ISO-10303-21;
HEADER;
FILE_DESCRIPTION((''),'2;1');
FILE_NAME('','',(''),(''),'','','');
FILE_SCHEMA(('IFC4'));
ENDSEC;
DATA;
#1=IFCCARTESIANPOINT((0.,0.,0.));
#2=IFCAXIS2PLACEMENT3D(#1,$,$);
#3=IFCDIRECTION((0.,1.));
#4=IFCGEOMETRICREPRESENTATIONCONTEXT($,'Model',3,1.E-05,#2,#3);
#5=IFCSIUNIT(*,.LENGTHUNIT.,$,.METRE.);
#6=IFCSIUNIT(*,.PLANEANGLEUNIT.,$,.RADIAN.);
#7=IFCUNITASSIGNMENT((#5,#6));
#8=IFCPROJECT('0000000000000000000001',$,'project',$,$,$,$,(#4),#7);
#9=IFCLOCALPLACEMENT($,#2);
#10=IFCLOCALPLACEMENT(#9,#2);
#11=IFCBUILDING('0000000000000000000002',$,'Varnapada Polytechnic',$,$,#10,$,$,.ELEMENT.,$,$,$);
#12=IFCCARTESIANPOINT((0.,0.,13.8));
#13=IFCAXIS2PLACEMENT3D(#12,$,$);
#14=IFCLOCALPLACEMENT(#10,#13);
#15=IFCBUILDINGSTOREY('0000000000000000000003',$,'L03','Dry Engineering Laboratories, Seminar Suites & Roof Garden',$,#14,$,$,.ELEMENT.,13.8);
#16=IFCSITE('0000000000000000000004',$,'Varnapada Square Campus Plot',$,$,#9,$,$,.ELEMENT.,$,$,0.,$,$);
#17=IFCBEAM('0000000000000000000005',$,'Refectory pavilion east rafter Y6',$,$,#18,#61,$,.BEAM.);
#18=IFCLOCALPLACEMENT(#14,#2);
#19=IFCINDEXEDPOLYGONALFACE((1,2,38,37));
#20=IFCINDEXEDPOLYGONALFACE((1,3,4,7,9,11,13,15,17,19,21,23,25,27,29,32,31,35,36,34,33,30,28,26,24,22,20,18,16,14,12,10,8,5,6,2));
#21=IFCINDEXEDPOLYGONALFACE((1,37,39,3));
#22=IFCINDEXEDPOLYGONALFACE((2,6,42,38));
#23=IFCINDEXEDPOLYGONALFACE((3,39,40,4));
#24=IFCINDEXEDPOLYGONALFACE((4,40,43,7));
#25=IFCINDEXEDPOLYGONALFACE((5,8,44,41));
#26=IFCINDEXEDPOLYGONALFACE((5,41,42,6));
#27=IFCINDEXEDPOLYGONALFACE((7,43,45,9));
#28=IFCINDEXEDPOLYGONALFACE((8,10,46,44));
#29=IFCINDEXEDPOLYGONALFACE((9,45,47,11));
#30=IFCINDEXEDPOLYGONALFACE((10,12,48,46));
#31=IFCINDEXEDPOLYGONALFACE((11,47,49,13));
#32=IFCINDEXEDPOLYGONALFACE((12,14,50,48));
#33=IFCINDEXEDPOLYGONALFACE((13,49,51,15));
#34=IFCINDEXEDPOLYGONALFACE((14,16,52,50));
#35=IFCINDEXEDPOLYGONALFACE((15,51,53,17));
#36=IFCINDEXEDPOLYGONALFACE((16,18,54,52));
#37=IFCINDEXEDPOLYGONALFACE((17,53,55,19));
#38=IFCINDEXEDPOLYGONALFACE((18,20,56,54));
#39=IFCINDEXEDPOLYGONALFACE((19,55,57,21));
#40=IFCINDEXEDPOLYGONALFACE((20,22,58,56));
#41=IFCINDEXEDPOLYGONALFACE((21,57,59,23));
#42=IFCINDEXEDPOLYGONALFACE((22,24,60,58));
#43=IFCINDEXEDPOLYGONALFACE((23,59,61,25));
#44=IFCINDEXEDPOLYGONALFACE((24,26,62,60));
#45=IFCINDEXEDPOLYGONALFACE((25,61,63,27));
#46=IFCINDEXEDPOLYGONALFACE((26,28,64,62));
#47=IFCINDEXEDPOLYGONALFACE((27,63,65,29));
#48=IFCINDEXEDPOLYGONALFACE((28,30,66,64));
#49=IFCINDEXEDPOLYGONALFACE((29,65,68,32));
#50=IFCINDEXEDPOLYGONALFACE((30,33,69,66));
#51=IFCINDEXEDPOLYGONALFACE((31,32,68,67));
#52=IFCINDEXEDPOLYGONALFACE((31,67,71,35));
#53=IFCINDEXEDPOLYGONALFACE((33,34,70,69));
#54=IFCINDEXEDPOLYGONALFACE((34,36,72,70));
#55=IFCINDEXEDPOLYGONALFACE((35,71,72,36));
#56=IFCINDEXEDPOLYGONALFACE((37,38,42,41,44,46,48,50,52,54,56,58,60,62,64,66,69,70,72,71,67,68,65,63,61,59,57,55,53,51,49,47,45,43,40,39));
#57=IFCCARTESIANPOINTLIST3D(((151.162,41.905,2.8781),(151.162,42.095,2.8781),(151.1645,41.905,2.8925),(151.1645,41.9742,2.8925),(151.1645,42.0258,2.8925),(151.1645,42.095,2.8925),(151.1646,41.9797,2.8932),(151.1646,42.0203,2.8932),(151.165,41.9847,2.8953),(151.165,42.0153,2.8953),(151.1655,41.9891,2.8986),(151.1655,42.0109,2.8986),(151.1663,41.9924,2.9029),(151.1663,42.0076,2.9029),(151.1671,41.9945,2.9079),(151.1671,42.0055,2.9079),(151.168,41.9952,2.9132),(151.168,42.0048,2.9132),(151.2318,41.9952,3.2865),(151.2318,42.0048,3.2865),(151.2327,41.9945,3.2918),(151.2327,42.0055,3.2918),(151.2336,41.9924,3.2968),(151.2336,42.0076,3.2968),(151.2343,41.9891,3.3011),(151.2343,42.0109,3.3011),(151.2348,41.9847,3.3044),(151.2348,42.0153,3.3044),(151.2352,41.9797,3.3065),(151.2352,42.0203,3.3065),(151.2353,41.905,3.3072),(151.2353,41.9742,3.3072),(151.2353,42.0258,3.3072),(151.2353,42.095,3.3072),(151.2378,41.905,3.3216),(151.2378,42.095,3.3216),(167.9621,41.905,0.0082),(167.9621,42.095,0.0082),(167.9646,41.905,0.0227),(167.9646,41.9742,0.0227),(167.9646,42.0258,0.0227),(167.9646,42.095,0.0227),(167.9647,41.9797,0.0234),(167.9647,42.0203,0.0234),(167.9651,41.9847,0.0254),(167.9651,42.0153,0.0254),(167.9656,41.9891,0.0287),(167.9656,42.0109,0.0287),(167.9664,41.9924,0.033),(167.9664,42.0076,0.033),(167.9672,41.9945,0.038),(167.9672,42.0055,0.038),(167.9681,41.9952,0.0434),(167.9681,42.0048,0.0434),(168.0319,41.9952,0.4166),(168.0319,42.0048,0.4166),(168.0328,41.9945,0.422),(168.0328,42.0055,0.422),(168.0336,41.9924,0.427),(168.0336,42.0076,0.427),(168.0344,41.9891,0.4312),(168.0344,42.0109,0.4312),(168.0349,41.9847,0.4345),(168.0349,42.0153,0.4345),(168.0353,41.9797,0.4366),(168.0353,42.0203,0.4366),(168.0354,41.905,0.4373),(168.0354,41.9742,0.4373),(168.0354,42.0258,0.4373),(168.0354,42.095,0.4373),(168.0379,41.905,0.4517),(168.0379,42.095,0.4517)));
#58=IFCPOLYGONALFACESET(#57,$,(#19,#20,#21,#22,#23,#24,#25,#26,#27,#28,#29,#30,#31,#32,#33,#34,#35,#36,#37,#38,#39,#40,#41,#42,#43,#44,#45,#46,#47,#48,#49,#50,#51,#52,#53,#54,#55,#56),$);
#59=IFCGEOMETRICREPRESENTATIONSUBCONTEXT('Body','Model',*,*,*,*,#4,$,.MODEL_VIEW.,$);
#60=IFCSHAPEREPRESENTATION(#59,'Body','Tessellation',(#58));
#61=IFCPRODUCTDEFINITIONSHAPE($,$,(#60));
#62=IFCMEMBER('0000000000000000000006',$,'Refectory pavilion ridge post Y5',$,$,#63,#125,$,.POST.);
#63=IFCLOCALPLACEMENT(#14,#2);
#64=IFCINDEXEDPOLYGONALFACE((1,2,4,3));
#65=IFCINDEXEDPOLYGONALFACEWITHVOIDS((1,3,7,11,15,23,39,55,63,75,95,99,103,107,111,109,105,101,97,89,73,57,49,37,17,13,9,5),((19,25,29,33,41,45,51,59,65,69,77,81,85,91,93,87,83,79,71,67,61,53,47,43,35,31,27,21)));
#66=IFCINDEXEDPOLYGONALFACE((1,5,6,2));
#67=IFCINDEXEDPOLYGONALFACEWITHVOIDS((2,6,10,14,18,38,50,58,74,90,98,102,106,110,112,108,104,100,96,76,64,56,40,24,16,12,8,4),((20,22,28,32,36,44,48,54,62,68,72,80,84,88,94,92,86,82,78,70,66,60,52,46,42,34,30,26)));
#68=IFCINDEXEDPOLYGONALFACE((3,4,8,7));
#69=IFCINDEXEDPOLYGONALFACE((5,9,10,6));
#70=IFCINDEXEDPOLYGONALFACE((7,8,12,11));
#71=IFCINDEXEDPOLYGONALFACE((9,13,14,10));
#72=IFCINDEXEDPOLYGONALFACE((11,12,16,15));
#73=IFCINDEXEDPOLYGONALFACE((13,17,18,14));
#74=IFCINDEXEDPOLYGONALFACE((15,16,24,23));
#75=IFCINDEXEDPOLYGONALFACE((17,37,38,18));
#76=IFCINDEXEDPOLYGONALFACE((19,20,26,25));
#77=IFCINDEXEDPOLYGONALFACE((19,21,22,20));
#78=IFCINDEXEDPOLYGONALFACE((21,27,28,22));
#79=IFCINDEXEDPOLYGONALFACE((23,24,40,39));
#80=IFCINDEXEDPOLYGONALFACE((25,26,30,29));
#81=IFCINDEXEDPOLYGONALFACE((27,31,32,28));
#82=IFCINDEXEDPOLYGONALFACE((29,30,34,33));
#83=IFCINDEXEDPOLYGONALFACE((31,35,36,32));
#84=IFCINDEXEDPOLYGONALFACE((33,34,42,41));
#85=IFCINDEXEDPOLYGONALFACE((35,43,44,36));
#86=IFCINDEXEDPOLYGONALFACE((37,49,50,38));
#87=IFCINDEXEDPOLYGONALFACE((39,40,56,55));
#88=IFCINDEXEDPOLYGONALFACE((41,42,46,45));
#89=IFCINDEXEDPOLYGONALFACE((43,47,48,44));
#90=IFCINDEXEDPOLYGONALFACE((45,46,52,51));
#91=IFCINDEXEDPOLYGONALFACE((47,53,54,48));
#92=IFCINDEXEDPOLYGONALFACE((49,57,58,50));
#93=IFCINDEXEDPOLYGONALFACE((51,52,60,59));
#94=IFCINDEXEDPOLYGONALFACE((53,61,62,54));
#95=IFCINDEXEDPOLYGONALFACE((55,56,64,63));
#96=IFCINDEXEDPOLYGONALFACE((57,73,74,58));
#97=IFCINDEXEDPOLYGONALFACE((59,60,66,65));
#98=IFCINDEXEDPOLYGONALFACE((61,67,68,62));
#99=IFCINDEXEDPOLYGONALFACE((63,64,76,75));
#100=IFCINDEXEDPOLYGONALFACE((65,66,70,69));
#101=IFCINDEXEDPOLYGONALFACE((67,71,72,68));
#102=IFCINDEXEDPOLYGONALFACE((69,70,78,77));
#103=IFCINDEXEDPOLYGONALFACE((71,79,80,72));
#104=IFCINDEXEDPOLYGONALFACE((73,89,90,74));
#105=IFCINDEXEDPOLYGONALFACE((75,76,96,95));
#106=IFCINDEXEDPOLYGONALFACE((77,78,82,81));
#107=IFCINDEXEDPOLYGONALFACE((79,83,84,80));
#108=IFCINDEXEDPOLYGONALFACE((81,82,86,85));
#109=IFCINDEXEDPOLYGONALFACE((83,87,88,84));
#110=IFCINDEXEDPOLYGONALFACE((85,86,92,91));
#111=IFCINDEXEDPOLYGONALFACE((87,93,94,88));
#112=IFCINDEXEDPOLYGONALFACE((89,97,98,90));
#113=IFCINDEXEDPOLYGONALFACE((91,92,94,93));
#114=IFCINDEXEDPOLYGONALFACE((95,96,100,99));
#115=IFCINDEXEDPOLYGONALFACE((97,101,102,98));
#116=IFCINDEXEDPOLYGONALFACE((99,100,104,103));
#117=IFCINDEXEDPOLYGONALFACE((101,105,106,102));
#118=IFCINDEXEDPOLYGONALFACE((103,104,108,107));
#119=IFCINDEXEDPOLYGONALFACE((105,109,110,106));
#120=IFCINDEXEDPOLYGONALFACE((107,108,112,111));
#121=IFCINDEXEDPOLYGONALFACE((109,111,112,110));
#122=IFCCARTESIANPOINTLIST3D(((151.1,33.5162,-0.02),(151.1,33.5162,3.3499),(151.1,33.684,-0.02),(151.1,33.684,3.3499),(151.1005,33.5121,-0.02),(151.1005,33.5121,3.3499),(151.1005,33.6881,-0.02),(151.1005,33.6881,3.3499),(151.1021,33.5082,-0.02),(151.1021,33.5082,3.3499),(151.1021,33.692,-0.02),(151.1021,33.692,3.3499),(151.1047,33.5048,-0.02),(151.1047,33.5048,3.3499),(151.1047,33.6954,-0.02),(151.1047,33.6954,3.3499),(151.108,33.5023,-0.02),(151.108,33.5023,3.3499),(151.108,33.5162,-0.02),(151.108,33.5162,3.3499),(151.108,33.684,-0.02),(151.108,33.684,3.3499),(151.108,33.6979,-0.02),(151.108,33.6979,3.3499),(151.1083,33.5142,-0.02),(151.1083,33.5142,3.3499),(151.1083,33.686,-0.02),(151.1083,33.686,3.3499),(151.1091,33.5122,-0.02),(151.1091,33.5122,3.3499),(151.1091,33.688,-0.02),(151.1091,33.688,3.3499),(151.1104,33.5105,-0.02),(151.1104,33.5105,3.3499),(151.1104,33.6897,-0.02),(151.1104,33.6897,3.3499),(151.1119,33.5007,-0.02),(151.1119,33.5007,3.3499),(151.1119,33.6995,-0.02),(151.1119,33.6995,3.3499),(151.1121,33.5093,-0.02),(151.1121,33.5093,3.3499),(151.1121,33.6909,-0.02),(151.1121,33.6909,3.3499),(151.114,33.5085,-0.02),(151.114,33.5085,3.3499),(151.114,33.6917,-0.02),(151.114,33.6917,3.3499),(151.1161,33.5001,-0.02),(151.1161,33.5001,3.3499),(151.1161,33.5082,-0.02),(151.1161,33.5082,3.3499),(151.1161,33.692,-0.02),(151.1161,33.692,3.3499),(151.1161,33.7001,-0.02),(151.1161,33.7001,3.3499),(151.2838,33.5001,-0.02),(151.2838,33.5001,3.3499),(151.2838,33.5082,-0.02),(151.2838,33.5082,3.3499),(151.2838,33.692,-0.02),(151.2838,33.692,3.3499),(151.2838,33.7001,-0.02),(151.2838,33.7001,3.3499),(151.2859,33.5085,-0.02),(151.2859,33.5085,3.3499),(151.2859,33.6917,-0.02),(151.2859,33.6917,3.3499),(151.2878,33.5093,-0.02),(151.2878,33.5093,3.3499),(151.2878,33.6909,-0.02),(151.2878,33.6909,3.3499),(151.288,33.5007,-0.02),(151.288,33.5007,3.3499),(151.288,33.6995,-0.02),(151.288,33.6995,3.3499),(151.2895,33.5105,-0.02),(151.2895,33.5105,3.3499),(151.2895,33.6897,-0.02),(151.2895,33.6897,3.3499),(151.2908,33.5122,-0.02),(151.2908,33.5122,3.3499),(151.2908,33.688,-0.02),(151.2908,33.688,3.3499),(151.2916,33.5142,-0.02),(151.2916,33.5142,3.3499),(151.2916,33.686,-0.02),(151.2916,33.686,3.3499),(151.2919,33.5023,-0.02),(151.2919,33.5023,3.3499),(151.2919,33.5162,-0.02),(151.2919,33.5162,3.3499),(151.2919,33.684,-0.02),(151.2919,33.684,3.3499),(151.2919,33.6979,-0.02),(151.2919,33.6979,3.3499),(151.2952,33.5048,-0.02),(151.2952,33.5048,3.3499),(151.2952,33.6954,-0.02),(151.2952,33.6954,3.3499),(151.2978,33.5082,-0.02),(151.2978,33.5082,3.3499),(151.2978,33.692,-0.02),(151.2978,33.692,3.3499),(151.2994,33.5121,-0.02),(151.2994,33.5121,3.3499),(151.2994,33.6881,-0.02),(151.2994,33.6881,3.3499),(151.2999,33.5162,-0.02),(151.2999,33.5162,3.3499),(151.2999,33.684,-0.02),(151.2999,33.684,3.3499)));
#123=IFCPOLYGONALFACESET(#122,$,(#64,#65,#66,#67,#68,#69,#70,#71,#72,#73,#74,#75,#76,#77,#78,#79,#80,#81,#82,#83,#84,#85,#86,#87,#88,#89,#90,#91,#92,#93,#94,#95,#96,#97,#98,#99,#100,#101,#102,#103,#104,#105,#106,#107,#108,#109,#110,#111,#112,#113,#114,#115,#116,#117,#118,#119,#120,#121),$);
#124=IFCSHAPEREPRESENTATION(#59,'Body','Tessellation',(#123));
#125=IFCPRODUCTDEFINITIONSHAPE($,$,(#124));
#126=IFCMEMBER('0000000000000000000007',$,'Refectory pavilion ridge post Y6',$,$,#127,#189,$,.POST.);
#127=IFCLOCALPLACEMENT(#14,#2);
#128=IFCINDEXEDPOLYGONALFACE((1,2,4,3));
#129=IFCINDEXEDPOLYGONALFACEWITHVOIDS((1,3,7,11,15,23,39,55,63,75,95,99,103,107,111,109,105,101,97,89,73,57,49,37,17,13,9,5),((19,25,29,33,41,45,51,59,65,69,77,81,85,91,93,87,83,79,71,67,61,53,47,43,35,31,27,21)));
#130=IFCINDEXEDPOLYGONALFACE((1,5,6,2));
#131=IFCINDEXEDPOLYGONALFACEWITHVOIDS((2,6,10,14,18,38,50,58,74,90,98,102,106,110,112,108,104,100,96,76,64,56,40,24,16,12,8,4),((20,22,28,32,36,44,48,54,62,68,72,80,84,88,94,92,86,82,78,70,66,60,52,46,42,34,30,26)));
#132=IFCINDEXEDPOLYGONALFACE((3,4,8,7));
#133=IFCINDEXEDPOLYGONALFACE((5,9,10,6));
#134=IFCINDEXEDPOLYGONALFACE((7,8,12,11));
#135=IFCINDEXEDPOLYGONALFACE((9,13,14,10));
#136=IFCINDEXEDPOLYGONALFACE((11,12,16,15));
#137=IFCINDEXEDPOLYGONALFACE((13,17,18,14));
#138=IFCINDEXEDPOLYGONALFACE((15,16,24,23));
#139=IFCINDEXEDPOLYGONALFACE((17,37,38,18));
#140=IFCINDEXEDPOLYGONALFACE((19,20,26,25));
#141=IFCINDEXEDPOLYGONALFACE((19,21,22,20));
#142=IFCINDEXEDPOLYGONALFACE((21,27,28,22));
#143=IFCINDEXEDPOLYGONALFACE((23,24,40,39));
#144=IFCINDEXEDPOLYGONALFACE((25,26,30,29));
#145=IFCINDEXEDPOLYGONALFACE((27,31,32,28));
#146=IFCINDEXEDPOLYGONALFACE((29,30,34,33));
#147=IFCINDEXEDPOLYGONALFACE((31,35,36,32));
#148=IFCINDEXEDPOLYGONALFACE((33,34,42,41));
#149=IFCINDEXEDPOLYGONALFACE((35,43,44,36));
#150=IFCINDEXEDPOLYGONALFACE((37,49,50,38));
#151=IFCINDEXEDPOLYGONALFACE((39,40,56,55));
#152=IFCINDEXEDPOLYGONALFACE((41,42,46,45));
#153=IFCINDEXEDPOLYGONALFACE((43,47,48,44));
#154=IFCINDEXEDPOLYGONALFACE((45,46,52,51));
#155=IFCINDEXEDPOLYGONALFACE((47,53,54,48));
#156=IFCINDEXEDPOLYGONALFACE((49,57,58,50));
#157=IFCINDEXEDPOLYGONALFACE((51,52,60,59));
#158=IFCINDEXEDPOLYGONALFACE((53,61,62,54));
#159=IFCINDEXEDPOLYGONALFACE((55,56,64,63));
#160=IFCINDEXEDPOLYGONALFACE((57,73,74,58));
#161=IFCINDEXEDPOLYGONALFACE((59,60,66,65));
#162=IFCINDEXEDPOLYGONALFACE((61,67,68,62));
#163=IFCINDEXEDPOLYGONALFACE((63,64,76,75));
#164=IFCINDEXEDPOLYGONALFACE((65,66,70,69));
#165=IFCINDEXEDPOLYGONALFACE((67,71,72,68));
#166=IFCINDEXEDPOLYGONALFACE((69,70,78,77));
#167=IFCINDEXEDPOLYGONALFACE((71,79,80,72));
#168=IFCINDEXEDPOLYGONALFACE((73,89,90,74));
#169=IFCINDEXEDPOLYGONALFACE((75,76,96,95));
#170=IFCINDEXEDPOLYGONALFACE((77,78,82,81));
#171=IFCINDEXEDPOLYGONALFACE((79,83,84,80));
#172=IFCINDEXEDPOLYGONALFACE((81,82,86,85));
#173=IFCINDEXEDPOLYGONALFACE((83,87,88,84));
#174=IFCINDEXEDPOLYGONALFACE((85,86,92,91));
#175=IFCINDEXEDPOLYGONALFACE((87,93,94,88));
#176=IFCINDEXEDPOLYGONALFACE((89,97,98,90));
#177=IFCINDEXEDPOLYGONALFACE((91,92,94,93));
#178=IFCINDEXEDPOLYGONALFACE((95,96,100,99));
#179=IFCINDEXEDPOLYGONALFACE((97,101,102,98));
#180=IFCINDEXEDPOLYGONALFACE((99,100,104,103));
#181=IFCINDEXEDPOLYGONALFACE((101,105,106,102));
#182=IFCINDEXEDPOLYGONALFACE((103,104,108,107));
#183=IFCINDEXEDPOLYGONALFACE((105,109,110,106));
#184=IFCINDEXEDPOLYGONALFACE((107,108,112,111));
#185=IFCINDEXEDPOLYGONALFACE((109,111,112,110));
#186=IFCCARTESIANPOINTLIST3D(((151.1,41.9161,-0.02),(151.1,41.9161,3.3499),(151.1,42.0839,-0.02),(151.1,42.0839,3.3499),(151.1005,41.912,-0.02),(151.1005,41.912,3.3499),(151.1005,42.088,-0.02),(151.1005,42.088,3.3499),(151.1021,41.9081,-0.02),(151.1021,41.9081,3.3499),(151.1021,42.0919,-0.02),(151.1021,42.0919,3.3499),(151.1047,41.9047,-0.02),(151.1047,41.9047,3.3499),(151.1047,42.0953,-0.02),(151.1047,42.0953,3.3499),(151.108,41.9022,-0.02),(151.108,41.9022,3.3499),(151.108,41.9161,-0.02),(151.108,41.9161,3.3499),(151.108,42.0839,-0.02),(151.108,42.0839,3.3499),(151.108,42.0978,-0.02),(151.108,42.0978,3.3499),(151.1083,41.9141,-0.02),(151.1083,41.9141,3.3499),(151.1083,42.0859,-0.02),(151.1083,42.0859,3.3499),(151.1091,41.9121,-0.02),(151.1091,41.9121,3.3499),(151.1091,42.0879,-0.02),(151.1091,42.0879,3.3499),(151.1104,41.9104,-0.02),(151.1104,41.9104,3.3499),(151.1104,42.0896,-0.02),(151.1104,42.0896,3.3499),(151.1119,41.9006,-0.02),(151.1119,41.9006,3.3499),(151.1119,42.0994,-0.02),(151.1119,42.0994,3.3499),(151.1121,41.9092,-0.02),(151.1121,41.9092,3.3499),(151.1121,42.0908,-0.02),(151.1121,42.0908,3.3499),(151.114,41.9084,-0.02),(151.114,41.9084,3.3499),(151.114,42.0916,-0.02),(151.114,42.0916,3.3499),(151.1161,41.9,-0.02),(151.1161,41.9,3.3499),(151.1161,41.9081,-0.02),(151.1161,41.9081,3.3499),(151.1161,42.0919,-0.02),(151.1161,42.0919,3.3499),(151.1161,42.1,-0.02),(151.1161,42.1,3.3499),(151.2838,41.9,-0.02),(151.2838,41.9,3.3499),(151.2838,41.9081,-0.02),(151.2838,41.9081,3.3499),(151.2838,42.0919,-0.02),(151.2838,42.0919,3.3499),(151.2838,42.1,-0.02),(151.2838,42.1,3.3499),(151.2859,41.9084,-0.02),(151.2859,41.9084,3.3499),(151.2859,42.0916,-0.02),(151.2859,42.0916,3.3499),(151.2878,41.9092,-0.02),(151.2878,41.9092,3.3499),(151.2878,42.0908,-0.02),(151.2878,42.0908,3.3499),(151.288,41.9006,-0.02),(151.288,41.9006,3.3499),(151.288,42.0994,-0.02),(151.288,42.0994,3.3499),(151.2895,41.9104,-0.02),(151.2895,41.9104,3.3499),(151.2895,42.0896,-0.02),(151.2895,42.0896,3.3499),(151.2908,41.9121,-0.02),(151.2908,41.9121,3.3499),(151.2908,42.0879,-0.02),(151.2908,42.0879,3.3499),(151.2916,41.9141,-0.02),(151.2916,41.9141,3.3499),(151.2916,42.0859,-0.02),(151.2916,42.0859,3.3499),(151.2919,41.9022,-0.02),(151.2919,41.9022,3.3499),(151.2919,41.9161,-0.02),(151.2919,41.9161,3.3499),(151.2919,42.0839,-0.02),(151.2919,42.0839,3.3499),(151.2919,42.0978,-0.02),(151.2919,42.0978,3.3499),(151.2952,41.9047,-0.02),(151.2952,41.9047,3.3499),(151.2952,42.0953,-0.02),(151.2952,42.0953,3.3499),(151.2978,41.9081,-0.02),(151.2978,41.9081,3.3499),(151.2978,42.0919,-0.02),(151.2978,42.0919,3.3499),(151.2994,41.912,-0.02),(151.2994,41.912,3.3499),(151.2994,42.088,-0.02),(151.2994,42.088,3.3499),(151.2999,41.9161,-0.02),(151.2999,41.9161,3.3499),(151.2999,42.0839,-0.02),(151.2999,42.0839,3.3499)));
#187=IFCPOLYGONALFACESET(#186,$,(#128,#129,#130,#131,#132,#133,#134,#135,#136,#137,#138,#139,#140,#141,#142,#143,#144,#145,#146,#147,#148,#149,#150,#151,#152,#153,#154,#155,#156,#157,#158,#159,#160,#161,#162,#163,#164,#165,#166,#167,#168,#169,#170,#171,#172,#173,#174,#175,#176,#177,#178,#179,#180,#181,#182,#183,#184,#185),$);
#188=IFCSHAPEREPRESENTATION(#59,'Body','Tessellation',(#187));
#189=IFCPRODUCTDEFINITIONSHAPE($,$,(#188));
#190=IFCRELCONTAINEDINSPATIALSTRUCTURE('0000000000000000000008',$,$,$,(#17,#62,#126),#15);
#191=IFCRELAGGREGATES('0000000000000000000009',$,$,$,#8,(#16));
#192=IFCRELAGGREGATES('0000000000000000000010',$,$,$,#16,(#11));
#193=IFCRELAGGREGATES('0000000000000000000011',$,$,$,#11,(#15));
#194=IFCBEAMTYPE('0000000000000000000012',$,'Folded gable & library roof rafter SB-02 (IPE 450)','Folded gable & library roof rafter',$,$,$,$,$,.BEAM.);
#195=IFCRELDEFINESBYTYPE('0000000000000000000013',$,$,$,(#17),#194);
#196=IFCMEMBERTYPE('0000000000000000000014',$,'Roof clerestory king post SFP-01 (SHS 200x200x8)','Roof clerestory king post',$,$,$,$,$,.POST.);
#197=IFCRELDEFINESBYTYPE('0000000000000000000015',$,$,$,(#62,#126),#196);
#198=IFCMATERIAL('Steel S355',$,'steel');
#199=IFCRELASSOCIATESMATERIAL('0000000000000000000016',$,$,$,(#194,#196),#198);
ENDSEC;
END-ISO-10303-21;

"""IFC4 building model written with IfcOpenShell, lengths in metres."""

from ifc_helpers import new_model, si_unit, direction, frame, origin, origin_2d, place, context, subcontext, project, spatial, hollow_rectangle, i_section, extrude, material, material_profile, profile_set, type_object, element, save


model = new_model("IFC4")

# Units and contexts
model_context = context("Model", 3, precision=1e-05, world=origin(), true_north=direction((0.0, 1.0)))
body_context = subcontext(model_context, "Body", "Model", "MODEL_VIEW")
ifc_project = project(units=[si_unit("LENGTHUNIT", "METRE"), si_unit("PLANEANGLEUNIT", "RADIAN")], contexts=[model_context])

# Site, building, storey
site_placement = place(None, origin())
site = spatial("IfcSite", under=ifc_project, at=site_placement, Name="Varnapada Square Campus Plot", CompositionType="ELEMENT", RefElevation=0.0)
building_placement = place(site_placement, origin())
building = spatial("IfcBuilding", under=site, at=building_placement, Name="Varnapada Polytechnic", CompositionType="ELEMENT")
storey_placement = place(building_placement, frame((0.0, 0.0, 13.8)))
storey = spatial("IfcBuildingStorey", under=building, at=storey_placement, Name="L03", Description="Dry Engineering Laboratories, Seminar Suites & Roof Garden", CompositionType="ELEMENT", Elevation=13.8)

# Beam
ifc_material = material(Name="Steel S355", Category="steel")
ifc_material_profile_1 = material_profile(ifc_material, i_section(OverallWidth=0.1899, OverallDepth=0.45, WebThickness=0.0095, FlangeThickness=0.0146, FilletRadius=0.021, at=origin_2d()), Name="IPE 450")
ifc_profile_set_1 = profile_set([ifc_material_profile_1], Name="Steel S355")
beam_type = type_object("IfcBeamType", Name="Folded gable & library roof rafter SB-02 (IPE 450)", Description="Folded gable & library roof rafter", PredefinedType="BEAM", material=ifc_profile_set_1)
for number, where, z_axis, x_axis, name in (
    (1, (168.0, 42.0, 0.23), (-0.985721, 0.0, 0.168386), (0.0, -1.0, 0.0), "Refectory pavilion east rafter Y6"),
):
    element("IfcBeam", number, at=place(storey_placement, frame(where, z_axis=z_axis, x_axis=x_axis)), inside=storey, type_object=beam_type, Name=name, PredefinedType="BEAM", context=body_context, shape_type="SweptSolid", body=[
        extrude(i_section(OverallWidth=0.1899, OverallDepth=0.45, WebThickness=0.0095, FlangeThickness=0.0146, FilletRadius=0.021, at=origin_2d()), origin(), (0.0, 0.0, 1.0), 17.0435),
    ])

# Members
ifc_material_profile_2 = material_profile(ifc_material, hollow_rectangle(XDim=0.2, YDim=0.2, WallThickness=0.0081, InnerFilletRadius=0.0081, OuterFilletRadius=0.0161, at=origin_2d()), Name="SHS 200x200x8")
ifc_profile_set_2 = profile_set([ifc_material_profile_2], Name="Steel S355")
member_type = type_object("IfcMemberType", Name="Roof clerestory king post SFP-01 (SHS 200x200x8)", Description="Roof clerestory king post", PredefinedType="POST", material=ifc_profile_set_2)
for number, where, z_axis, x_axis, name in (
    (2, (151.2, 33.6001, -0.02), (0.0, 0.0, 1.0), (1.0, 0.0, 0.0), "Refectory pavilion ridge post Y5"),
    (3, (151.2, 42.0, -0.02), (0.0, 0.0, 1.0), (1.0, 0.0, 0.0), "Refectory pavilion ridge post Y6"),
):
    element("IfcMember", number, at=place(storey_placement, frame(where, z_axis=z_axis, x_axis=x_axis)), inside=storey, type_object=member_type, Name=name, PredefinedType="POST", context=body_context, shape_type="SweptSolid", body=[
        extrude(hollow_rectangle(XDim=0.2, YDim=0.2, WallThickness=0.0081, InnerFilletRadius=0.0081, OuterFilletRadius=0.0161, at=origin_2d()), origin(), (0.0, 0.0, 1.0), 3.3699),
    ])

save(model, "model.ifc")
